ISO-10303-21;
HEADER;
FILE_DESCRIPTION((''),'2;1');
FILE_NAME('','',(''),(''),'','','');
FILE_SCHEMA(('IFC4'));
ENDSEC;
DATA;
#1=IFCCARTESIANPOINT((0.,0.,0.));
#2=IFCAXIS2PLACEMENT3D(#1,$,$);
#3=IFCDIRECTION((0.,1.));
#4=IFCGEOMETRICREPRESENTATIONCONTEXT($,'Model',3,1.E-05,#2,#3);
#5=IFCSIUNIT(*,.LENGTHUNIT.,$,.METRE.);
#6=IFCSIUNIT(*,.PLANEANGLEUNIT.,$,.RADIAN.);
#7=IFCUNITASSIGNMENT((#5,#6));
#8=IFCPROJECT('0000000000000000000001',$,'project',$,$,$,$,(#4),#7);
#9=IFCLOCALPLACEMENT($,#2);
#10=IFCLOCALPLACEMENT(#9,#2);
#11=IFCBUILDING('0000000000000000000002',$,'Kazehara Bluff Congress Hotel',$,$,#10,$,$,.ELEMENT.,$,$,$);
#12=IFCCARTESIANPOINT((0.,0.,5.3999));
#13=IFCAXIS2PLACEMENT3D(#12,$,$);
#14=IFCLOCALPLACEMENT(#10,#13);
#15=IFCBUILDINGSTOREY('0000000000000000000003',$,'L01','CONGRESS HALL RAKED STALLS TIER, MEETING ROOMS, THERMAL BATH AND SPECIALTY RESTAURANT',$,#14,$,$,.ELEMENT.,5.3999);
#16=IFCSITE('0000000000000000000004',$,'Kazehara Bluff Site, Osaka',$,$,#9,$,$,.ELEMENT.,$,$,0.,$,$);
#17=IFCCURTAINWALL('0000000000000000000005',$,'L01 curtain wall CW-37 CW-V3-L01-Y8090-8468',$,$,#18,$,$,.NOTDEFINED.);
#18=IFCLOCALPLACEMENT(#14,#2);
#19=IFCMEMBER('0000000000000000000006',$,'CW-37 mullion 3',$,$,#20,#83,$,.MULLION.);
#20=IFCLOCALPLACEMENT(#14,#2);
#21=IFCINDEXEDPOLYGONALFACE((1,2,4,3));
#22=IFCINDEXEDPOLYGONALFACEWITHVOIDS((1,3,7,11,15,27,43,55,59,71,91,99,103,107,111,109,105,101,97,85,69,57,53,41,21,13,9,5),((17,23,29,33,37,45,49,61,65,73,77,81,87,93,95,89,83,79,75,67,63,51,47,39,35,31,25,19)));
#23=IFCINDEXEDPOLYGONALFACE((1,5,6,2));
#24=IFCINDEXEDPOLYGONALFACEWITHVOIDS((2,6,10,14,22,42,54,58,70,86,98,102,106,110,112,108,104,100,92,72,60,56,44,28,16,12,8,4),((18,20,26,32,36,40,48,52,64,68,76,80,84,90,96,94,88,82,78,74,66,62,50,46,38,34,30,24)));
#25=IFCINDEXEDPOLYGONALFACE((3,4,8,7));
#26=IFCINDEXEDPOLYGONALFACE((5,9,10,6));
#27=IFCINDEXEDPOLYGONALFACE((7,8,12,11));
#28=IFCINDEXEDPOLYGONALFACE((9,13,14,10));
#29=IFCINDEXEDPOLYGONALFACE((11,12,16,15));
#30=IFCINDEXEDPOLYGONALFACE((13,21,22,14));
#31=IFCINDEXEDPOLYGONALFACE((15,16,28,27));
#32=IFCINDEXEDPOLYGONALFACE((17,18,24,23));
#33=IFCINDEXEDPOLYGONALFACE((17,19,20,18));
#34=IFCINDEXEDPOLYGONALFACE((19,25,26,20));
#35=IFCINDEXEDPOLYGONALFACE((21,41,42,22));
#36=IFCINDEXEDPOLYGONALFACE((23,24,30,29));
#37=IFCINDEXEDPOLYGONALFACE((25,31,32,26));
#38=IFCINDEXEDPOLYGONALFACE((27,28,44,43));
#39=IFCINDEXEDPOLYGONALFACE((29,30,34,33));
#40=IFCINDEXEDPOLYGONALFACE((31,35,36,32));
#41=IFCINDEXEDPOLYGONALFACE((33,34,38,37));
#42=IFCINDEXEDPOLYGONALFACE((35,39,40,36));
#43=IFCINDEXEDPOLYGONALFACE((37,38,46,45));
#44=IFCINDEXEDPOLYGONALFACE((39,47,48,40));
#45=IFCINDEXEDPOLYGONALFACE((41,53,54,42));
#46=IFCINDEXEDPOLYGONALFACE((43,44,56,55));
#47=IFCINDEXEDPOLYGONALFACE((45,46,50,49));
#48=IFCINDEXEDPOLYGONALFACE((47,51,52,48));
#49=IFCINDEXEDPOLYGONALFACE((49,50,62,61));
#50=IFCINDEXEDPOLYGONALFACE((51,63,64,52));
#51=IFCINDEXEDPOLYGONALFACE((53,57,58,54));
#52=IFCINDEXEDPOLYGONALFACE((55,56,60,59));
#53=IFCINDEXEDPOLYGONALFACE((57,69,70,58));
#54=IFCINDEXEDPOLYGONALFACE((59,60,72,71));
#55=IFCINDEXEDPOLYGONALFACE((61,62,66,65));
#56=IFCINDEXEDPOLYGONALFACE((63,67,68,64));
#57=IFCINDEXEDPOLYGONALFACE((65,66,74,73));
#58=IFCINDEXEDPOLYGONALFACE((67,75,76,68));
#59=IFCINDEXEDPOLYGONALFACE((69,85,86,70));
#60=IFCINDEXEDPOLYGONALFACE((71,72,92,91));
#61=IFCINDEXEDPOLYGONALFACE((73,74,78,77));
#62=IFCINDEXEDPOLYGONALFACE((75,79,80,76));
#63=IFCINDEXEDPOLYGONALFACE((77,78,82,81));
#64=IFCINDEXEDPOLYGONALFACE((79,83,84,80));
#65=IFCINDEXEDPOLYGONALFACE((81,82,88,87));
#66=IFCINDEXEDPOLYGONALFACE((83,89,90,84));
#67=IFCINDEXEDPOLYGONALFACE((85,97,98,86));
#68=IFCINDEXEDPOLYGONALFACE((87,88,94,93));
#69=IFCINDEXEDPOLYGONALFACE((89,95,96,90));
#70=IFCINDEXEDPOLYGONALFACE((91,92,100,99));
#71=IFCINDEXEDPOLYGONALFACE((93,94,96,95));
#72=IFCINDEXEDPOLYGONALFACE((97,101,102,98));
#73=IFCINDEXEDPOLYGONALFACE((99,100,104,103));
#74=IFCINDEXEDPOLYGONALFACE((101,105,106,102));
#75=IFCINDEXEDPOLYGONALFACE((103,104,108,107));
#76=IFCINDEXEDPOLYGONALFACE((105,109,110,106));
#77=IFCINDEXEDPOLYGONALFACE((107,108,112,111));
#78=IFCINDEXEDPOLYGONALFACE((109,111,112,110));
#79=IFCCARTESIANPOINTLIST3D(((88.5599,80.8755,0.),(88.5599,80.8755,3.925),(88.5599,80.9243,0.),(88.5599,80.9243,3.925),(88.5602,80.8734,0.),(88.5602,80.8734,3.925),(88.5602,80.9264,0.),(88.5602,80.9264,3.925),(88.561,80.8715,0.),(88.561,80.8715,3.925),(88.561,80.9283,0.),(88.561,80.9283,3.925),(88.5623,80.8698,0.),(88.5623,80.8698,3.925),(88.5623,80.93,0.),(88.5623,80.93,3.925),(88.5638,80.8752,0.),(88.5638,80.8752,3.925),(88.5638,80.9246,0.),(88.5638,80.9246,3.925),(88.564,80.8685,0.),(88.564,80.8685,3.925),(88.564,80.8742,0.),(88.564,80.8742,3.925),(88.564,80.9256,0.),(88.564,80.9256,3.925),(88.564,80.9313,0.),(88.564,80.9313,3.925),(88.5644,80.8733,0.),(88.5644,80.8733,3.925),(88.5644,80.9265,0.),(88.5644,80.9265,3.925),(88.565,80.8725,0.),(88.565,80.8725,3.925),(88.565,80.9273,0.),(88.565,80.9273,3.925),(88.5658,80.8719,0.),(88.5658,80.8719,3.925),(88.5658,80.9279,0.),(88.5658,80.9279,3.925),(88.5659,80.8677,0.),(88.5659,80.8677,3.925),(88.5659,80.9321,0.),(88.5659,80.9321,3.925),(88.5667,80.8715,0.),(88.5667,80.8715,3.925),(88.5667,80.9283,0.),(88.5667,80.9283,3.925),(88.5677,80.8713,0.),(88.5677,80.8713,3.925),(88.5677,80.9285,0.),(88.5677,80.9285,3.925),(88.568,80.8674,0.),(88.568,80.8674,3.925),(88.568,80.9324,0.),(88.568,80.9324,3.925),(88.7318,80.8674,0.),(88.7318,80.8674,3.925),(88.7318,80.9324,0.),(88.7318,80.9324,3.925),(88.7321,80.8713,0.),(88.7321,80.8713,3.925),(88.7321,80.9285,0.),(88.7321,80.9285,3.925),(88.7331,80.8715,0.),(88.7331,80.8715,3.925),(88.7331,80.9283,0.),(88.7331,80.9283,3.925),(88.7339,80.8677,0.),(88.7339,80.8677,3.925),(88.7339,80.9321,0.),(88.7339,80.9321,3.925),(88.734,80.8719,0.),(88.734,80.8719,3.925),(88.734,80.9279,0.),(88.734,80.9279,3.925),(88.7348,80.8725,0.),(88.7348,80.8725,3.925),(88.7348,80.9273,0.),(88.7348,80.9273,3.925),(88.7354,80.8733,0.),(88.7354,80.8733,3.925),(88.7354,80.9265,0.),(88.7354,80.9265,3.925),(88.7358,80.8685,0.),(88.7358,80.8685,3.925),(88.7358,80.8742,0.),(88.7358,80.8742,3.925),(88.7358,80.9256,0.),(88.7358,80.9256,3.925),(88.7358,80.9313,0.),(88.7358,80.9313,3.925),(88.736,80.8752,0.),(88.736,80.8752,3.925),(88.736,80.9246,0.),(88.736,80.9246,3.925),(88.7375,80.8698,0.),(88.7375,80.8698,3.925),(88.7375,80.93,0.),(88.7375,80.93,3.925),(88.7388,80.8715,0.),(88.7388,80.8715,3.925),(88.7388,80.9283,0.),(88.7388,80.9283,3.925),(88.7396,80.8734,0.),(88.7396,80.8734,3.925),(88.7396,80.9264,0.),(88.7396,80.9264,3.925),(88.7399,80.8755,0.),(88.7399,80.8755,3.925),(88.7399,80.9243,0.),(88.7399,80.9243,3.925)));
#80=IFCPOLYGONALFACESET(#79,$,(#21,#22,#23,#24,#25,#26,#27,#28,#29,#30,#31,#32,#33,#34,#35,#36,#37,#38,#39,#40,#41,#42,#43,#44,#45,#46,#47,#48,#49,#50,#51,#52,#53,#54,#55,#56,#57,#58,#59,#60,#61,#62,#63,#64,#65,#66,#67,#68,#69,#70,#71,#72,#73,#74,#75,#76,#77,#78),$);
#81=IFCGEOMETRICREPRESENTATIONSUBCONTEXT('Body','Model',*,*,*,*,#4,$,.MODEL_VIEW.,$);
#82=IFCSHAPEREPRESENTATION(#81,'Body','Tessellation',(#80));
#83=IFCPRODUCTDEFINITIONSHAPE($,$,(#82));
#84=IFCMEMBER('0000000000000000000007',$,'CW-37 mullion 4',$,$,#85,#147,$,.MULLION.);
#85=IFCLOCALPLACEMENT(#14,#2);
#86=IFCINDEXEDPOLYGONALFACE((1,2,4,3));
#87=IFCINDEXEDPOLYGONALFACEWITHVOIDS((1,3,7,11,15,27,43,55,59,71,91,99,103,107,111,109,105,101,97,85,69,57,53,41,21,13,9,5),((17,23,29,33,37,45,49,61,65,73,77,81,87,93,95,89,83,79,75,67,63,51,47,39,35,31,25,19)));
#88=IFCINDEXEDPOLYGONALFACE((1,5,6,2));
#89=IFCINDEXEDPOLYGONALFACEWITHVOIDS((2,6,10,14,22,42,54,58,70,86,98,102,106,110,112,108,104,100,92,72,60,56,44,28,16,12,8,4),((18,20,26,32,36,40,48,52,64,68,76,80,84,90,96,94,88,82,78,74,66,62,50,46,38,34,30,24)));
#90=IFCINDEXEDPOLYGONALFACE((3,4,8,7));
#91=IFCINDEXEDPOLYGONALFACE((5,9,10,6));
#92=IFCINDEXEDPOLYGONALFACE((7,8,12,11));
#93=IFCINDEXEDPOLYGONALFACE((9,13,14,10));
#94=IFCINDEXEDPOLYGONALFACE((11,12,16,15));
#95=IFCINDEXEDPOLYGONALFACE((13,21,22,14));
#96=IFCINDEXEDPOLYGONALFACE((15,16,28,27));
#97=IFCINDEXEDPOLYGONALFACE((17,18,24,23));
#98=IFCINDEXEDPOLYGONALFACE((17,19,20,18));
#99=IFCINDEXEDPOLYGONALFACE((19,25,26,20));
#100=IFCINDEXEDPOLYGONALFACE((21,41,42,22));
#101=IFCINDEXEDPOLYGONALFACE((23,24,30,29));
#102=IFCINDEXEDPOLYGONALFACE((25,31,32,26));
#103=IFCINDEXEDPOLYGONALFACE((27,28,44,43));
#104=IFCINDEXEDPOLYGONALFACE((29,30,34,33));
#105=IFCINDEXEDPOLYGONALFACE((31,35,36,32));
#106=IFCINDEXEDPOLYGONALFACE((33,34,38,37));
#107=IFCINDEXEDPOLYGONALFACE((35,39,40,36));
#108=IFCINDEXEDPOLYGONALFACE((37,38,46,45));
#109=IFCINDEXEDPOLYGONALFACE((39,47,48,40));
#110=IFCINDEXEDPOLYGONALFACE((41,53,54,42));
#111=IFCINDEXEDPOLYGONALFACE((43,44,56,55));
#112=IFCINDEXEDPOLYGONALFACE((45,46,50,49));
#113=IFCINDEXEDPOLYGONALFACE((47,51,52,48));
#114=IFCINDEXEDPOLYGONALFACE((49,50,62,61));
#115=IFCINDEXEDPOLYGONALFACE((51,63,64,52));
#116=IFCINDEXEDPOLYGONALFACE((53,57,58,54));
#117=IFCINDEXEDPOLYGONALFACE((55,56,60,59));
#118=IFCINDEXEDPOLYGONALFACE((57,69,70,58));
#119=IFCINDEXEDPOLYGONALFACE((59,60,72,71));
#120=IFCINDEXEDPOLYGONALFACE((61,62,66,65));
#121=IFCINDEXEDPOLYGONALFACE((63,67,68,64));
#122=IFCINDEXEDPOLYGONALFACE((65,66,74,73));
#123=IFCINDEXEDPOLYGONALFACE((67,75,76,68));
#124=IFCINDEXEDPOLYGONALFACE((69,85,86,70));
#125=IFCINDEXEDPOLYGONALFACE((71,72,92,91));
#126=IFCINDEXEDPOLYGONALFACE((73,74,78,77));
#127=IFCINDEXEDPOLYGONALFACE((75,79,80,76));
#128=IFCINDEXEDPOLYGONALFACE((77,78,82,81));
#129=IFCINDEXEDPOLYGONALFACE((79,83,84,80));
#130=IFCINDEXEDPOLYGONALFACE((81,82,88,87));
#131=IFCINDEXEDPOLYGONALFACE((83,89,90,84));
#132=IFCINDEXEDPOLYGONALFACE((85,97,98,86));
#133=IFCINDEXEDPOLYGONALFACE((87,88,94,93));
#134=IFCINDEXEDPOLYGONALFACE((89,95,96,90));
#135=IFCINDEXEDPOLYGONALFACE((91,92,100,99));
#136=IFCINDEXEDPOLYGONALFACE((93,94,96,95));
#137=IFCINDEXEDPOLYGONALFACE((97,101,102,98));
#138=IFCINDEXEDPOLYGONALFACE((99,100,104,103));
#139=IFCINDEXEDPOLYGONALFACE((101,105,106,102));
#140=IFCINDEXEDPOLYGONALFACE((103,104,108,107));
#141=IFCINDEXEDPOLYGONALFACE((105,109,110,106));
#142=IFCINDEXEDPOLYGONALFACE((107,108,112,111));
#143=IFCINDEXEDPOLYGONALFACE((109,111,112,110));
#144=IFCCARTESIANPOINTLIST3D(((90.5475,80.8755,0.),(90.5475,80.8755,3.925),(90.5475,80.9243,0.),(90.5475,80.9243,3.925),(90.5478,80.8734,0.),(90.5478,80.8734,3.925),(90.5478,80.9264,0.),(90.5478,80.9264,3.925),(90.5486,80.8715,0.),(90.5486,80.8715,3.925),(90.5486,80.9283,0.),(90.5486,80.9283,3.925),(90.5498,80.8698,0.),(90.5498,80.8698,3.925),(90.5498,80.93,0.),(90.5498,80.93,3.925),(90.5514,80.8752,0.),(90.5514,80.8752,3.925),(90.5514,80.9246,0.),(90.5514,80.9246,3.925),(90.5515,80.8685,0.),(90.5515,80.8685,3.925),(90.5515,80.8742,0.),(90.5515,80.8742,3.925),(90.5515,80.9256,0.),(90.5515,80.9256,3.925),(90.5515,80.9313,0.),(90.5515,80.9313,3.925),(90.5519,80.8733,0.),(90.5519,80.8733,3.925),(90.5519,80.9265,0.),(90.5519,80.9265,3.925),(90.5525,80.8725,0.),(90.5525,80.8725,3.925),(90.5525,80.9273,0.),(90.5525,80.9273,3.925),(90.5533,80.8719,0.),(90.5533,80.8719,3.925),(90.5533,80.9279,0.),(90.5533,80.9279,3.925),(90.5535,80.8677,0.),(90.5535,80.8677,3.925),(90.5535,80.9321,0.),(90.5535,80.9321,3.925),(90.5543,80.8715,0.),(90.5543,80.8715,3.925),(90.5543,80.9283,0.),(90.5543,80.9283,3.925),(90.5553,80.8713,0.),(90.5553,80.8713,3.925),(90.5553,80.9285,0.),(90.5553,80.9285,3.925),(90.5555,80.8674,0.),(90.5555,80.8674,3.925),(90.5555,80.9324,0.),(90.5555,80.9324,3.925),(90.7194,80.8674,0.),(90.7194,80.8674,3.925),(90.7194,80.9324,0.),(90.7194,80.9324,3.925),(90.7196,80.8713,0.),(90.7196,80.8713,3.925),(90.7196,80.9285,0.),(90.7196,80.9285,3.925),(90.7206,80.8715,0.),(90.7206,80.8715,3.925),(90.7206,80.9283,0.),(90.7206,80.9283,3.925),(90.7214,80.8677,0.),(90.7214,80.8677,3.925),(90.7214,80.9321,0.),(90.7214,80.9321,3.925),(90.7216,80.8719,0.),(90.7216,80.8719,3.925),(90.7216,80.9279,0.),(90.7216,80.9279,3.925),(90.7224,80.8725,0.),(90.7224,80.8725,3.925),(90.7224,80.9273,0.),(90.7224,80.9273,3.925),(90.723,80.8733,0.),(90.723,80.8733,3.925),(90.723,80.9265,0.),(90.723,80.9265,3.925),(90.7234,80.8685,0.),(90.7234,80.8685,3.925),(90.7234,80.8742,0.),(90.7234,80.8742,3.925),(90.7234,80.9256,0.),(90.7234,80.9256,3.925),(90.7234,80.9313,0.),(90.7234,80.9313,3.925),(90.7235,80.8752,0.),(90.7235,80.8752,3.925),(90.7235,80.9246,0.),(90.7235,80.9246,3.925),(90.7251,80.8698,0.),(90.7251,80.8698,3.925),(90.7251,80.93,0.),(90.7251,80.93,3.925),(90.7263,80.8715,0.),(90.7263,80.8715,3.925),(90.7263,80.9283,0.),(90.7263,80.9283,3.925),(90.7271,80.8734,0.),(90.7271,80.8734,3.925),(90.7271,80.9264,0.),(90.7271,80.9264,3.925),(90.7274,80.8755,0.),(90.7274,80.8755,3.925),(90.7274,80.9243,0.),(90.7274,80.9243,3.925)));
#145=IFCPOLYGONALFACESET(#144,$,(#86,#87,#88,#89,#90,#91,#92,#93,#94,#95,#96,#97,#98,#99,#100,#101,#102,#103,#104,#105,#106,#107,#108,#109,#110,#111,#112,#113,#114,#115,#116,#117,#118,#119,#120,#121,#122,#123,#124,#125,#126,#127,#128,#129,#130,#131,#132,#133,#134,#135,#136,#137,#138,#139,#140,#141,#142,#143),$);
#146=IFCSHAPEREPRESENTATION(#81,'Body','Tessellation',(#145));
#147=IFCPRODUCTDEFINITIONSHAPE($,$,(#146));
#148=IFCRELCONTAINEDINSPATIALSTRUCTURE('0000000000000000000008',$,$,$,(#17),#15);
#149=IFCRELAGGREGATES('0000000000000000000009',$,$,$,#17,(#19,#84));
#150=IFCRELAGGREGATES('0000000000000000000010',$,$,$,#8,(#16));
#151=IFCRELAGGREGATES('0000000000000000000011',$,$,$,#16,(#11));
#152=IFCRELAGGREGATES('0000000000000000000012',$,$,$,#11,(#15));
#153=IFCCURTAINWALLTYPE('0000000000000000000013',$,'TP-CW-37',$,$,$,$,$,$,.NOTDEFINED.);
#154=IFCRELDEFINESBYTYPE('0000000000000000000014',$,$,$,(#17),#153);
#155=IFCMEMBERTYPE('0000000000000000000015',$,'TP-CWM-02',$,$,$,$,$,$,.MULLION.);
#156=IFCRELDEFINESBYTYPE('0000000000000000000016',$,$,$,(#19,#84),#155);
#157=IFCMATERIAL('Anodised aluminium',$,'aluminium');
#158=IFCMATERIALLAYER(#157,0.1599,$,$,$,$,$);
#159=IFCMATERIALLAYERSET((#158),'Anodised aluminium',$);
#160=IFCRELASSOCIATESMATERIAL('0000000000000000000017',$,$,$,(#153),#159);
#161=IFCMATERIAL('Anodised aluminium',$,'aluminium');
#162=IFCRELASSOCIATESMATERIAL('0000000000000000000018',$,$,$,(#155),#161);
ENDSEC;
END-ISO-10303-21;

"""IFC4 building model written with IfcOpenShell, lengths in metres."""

from ifc_helpers import new_model, si_unit, direction, frame, origin, origin_2d, place, context, subcontext, project, spatial, hollow_rectangle, extrude, material, layer, layer_set, material_profile, profile_set, type_object, element, aggregate, save


model = new_model("IFC4")

# Units and contexts
model_context = context("Model", 3, precision=1e-05, world=origin(), true_north=direction((0.0, 1.0)))
body_context = subcontext(model_context, "Body", "Model", "MODEL_VIEW")
ifc_project = project(units=[si_unit("LENGTHUNIT", "METRE"), si_unit("PLANEANGLEUNIT", "RADIAN")], contexts=[model_context])

# Site, building, storey
site_placement = place(None, origin())
site = spatial("IfcSite", under=ifc_project, at=site_placement, Name="Kazehara Bluff Site, Osaka", CompositionType="ELEMENT", RefElevation=0.0)
building_placement = place(site_placement, origin())
building = spatial("IfcBuilding", under=site, at=building_placement, Name="Kazehara Bluff Congress Hotel", CompositionType="ELEMENT")
storey_placement = place(building_placement, frame((0.0, 0.0, 5.3999)))
storey = spatial("IfcBuildingStorey", under=building, at=storey_placement, Name="L01", Description="CONGRESS HALL RAKED STALLS TIER, MEETING ROOMS, THERMAL BATH AND SPECIALTY RESTAURANT", CompositionType="ELEMENT", Elevation=5.3999)

# Curtain wall, members
ifc_material_1 = material(Name="Anodised aluminium", Category="aluminium")
ifc_layer_1 = layer(ifc_material_1, 0.1599)
ifc_layer_set_1 = layer_set([ifc_layer_1], Name="Anodised aluminium")
curtain_wall_type = type_object("IfcCurtainWallType", Name="TP-CW-37", PredefinedType="NOTDEFINED", material=ifc_layer_set_1)
curtain_wall_1_placement = place(storey_placement, origin())
curtain_wall_1 = element("IfcCurtainWall", 1, at=curtain_wall_1_placement, inside=storey, type_object=curtain_wall_type, Name="L01 curtain wall CW-37 CW-V3-L01-Y8090-8468", PredefinedType="NOTDEFINED")
ifc_material_2 = material(Name="Anodised aluminium", Category="aluminium")
ifc_material_profile_1 = material_profile(ifc_material_2, hollow_rectangle(XDim=0.0649, YDim=0.1799, WallThickness=0.0039, InnerFilletRadius=0.0039, OuterFilletRadius=0.0081, at=origin_2d()))
ifc_profile_set_1 = profile_set([ifc_material_profile_1], Name="Anodised aluminium")
member_type_1 = type_object("IfcMemberType", Name="TP-CWM-02", PredefinedType="MULLION", material=ifc_profile_set_1)
member_1_placement = place(storey_placement, frame((88.6499, 80.8999, 0.0), z_axis=(0.0, 0.0, 1.0), x_axis=(0.0, 1.0, 0.0)))
member_1 = element("IfcMember", 2, at=member_1_placement, type_object=member_type_1, Name="CW-37 mullion 3", PredefinedType="MULLION", context=body_context, shape_type="SweptSolid", body=[
    extrude(hollow_rectangle(XDim=0.0649, YDim=0.1799, WallThickness=0.0039, InnerFilletRadius=0.0039, OuterFilletRadius=0.0081, at=origin_2d()), origin(), (0.0, 0.0, 1.0), 3.925),
])
member_2_placement = place(storey_placement, frame((90.6375, 80.8999, 0.0), z_axis=(0.0, 0.0, 1.0), x_axis=(0.0, 1.0, 0.0)))
member_2 = element("IfcMember", 3, at=member_2_placement, type_object=member_type_1, Name="CW-37 mullion 4", PredefinedType="MULLION", context=body_context, shape_type="SweptSolid", body=[
    extrude(hollow_rectangle(XDim=0.0649, YDim=0.1799, WallThickness=0.0039, InnerFilletRadius=0.0039, OuterFilletRadius=0.0081, at=origin_2d()), origin(), (0.0, 0.0, 1.0), 3.925),
])

aggregate(curtain_wall_1, [member_1, member_2])

save(model, "model.ifc")
